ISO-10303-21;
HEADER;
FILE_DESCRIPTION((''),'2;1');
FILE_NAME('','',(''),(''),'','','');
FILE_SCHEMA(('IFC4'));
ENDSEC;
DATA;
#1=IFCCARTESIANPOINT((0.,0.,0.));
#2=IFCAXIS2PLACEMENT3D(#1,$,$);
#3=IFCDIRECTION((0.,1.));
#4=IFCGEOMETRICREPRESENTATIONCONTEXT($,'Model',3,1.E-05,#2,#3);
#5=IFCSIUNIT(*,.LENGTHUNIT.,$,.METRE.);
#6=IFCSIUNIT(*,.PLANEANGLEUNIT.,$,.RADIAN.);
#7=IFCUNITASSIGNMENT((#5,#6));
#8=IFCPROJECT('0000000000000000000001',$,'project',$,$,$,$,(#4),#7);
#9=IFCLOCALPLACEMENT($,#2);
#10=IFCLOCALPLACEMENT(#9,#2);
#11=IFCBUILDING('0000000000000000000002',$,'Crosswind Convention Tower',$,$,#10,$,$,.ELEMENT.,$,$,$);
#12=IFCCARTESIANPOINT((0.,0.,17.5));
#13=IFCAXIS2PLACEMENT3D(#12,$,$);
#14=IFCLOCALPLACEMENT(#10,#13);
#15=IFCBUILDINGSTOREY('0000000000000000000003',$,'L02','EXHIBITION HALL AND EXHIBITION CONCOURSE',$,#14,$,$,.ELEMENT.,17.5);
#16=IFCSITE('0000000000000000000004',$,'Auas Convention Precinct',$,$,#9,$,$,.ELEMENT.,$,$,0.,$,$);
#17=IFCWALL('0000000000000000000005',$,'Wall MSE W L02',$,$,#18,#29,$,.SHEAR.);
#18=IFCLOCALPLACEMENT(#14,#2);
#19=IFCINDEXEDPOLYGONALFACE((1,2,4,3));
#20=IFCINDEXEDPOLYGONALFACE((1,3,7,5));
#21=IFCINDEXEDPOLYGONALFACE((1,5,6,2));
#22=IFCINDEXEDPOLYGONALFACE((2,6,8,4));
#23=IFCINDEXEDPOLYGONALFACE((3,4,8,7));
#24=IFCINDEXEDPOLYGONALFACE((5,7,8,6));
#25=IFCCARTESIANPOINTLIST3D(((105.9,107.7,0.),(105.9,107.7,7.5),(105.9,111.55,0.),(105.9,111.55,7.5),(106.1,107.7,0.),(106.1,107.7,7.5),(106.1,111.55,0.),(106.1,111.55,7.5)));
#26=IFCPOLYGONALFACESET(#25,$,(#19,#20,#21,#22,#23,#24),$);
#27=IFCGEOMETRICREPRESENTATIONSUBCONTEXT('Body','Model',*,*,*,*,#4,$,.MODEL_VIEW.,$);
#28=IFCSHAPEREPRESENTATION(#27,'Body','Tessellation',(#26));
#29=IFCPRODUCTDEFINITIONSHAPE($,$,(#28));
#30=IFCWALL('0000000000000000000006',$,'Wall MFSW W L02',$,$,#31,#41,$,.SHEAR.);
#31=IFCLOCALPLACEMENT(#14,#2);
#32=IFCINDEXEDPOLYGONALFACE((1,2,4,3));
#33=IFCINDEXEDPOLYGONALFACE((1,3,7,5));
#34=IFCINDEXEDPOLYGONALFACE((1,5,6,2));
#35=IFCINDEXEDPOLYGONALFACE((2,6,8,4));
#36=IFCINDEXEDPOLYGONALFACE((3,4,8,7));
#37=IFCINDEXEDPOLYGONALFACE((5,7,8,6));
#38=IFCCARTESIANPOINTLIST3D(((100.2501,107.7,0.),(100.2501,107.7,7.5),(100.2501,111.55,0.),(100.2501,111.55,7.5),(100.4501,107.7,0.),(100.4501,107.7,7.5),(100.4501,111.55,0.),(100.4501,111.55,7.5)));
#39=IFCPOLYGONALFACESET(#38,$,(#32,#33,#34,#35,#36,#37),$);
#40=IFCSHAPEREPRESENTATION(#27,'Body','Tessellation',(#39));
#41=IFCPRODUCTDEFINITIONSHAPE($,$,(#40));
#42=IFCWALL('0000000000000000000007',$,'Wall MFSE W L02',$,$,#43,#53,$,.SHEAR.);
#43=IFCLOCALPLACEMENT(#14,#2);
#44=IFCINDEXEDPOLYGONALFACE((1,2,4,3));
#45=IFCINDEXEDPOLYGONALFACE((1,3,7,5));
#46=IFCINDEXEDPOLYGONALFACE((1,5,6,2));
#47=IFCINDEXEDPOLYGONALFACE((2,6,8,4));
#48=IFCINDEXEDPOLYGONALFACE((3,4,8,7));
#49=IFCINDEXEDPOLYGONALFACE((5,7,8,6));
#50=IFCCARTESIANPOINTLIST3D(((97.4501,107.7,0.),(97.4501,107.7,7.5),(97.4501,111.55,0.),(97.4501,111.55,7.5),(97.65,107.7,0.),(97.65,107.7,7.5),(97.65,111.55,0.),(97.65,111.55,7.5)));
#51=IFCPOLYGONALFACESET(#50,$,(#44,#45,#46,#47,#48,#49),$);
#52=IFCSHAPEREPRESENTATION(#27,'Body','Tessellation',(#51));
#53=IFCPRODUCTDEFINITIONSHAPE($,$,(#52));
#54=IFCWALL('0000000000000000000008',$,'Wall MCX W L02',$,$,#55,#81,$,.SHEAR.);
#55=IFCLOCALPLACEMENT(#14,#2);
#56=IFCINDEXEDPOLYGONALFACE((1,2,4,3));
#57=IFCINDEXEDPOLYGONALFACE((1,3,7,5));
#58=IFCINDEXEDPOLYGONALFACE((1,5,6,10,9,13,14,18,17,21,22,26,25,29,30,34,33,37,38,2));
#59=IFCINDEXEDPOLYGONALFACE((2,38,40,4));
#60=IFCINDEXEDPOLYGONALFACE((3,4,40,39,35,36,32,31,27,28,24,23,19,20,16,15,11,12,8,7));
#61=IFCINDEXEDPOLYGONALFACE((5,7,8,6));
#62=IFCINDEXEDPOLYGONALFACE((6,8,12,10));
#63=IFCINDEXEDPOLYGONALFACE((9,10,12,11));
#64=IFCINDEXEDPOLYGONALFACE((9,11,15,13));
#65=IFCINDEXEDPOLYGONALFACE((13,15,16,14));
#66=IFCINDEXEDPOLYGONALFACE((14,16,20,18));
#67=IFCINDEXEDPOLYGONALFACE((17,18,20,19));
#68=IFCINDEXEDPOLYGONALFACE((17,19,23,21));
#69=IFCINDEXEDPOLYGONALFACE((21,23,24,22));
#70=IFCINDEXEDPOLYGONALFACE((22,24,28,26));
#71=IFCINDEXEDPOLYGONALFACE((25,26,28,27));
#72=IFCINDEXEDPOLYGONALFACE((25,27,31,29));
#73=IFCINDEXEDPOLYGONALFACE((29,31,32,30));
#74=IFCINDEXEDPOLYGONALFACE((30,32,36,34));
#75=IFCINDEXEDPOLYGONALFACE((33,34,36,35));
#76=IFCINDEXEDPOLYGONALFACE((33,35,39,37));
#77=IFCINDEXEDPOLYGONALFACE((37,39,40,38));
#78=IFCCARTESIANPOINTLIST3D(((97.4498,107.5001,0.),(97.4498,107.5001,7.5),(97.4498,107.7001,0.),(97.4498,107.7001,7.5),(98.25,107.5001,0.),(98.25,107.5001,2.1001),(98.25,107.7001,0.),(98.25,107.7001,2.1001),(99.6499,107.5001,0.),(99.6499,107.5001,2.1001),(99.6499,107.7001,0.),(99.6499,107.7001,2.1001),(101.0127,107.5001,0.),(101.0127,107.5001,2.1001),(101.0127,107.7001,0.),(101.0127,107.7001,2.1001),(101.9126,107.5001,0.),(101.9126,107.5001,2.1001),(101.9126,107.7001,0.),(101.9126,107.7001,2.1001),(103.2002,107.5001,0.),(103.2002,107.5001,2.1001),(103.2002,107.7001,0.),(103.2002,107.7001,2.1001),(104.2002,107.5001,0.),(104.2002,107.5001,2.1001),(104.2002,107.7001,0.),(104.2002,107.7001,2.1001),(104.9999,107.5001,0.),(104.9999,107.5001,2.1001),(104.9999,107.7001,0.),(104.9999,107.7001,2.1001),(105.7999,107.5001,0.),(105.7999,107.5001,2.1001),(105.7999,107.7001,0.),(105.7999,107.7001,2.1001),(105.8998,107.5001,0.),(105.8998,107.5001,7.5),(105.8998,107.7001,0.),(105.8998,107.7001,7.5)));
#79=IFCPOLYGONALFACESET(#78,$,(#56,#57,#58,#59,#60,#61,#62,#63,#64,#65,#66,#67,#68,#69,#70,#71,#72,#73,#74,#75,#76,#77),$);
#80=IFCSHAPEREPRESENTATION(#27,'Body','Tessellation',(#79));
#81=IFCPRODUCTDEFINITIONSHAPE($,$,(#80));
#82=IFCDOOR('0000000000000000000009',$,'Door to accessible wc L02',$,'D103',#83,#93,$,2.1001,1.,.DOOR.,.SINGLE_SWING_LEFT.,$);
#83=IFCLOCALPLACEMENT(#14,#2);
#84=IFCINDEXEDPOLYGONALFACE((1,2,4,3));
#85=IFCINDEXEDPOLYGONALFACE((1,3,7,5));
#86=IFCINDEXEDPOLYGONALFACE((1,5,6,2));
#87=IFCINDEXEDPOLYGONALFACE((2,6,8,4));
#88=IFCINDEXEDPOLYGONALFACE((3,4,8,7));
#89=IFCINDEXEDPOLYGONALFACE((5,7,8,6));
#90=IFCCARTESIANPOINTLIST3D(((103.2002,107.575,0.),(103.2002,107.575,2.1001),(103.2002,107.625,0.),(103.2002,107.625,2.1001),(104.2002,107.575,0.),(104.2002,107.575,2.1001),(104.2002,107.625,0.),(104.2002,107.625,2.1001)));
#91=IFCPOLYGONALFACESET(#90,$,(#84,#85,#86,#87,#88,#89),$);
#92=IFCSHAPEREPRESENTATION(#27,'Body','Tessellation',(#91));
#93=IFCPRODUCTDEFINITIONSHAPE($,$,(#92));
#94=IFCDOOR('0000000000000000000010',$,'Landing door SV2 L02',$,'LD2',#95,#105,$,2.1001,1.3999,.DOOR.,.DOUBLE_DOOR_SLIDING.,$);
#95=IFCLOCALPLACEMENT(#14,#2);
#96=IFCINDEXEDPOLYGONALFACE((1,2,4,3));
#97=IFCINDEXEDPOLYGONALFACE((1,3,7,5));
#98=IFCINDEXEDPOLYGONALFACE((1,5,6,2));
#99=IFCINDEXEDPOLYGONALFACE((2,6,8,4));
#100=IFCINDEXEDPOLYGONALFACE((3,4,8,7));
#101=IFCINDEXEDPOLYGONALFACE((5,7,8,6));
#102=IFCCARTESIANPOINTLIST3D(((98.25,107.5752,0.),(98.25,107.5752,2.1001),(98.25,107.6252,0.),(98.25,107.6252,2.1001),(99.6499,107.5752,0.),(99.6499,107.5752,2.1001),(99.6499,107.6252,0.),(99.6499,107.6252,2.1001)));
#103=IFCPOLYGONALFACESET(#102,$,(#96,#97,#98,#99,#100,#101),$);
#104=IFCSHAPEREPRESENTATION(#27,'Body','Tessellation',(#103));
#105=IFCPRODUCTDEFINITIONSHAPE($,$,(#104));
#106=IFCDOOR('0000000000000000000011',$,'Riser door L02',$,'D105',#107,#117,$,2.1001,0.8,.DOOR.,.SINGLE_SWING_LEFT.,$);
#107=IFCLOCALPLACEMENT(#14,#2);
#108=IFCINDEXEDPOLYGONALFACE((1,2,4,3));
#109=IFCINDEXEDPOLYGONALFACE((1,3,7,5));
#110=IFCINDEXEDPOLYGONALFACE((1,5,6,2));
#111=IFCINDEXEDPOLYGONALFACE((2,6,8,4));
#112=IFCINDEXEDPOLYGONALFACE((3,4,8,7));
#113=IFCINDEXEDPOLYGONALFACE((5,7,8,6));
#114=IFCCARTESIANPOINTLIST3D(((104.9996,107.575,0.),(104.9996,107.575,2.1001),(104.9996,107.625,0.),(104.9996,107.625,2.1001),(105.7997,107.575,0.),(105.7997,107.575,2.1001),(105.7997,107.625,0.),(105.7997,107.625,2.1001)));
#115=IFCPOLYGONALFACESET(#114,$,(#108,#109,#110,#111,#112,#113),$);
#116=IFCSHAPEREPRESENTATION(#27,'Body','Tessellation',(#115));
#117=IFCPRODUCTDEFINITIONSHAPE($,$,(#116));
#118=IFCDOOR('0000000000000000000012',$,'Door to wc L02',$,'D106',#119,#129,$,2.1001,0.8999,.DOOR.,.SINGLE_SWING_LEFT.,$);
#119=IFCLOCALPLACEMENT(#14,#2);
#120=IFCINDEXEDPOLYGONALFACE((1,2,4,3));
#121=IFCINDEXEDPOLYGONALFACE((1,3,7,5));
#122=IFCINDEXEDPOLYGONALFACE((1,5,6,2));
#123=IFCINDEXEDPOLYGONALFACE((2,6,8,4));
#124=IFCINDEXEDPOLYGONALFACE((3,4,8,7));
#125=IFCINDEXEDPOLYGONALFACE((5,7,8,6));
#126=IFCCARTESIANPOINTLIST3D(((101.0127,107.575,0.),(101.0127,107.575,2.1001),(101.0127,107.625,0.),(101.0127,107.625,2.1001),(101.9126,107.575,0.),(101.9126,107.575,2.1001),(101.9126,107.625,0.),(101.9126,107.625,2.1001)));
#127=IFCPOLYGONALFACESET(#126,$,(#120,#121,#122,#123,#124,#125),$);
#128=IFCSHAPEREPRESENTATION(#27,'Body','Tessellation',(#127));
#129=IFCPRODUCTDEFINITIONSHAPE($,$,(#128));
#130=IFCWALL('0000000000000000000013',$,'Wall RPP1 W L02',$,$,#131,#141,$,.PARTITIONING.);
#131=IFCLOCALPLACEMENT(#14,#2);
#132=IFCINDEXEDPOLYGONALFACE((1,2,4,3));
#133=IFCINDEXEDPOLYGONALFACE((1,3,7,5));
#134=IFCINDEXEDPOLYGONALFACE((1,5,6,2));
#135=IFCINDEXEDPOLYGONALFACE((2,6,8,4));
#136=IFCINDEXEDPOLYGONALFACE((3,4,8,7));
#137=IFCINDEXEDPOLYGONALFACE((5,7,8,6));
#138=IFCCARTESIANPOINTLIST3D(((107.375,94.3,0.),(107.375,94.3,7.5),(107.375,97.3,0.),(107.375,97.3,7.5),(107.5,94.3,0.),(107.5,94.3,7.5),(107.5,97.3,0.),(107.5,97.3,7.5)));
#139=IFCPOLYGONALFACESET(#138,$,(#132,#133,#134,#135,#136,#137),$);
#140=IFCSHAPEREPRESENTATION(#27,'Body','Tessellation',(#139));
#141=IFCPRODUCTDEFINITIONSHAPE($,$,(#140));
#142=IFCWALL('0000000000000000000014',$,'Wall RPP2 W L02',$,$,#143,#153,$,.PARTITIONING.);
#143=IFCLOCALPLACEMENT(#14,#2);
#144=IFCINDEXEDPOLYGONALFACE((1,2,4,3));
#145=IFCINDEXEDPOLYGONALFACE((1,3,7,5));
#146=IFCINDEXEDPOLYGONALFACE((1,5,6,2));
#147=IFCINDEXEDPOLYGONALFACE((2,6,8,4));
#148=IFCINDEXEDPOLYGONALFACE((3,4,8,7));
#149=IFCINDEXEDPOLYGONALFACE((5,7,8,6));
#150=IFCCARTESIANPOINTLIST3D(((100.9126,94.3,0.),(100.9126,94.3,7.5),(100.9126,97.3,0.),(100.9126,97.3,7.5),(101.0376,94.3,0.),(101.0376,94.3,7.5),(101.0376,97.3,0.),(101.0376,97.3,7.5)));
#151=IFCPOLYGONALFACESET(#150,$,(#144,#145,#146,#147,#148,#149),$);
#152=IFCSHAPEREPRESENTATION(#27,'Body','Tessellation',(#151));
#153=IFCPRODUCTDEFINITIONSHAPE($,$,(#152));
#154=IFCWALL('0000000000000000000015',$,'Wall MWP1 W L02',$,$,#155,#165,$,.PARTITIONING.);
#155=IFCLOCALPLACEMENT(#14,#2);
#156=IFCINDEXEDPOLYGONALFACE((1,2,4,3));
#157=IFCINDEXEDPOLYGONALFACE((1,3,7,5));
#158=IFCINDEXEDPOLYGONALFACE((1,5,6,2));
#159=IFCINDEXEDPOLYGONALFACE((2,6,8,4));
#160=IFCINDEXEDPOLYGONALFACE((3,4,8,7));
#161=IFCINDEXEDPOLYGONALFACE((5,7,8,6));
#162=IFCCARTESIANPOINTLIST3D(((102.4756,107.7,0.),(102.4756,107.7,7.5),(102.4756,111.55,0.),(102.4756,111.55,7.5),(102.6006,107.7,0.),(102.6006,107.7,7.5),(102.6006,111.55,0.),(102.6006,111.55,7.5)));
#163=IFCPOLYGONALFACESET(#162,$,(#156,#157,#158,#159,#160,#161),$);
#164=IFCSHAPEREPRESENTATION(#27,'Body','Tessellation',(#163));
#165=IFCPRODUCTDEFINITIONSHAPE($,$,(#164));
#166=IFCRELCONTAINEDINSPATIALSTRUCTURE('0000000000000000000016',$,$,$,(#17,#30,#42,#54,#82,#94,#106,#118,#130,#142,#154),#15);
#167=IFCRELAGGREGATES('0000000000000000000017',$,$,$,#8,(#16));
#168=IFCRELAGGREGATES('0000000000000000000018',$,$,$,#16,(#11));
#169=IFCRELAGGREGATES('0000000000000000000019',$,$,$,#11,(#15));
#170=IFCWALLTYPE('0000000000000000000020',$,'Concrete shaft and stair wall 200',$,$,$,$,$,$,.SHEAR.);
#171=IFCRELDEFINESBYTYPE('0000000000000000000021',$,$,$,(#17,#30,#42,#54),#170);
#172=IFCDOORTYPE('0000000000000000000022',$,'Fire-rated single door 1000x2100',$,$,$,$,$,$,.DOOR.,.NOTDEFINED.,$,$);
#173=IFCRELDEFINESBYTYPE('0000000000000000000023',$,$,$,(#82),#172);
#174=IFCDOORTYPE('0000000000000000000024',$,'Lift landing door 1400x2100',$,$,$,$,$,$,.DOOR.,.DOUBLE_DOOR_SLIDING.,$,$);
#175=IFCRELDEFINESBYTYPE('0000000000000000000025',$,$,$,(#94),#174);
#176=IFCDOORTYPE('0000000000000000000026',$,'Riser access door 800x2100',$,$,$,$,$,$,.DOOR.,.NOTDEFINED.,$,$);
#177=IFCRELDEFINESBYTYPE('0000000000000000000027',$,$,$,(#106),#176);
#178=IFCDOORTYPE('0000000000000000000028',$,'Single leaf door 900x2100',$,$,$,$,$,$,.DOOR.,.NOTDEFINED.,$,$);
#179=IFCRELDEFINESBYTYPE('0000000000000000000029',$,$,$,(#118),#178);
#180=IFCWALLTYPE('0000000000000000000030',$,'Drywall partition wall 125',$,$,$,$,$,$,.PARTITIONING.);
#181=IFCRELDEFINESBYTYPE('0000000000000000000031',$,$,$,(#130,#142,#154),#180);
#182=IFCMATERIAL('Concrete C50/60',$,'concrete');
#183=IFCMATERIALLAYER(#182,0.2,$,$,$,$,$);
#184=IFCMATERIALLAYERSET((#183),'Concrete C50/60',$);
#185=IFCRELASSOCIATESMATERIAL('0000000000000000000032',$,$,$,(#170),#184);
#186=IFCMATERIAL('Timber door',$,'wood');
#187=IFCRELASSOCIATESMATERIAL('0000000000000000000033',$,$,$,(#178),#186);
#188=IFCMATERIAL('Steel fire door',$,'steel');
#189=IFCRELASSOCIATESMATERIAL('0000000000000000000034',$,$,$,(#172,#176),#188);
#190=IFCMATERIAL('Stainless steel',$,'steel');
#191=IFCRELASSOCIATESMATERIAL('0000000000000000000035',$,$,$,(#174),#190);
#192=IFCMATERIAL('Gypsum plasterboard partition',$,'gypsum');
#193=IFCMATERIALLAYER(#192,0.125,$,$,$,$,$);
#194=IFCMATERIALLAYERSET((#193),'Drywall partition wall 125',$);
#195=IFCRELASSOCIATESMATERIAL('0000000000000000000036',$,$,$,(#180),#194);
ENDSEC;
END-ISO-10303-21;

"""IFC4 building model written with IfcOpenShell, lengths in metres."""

from ifc_helpers import new_model, si_unit, direction, frame, frame_2d, origin, place, context, subcontext, project, spatial, rectangle, extrude, material, layer, layer_set, type_object, element, fill, save


model = new_model("IFC4")

# Units and contexts
model_context = context("Model", 3, precision=1e-05, world=origin(), true_north=direction((0.0, 1.0)))
body_context = subcontext(model_context, "Body", "Model", "MODEL_VIEW")
ifc_project = project(units=[si_unit("LENGTHUNIT", "METRE"), si_unit("PLANEANGLEUNIT", "RADIAN")], contexts=[model_context])

# Site, building, storey
site_placement = place(None, origin())
site = spatial("IfcSite", under=ifc_project, at=site_placement, Name="Auas Convention Precinct", CompositionType="ELEMENT", RefElevation=0.0)
building_placement = place(site_placement, origin())
building = spatial("IfcBuilding", under=site, at=building_placement, Name="Crosswind Convention Tower", CompositionType="ELEMENT")
storey_placement = place(building_placement, frame((0.0, 0.0, 17.5)))
storey = spatial("IfcBuildingStorey", under=building, at=storey_placement, Name="L02", Description="EXHIBITION HALL AND EXHIBITION CONCOURSE", CompositionType="ELEMENT", Elevation=17.5)

# Shared definitions
ifc_material_1 = material(Name="Concrete C50/60", Category="concrete")
ifc_layer_1 = layer(ifc_material_1, 0.2)
ifc_layer_set_1 = layer_set([ifc_layer_1], Name="Concrete C50/60")
wall_type_1 = type_object("IfcWallType", Name="Concrete shaft and stair wall 200", PredefinedType="SHEAR", material=ifc_layer_set_1)

# Shared definitions
ifc_material_2 = material(Name="Timber door", Category="wood")
door_type_1 = type_object("IfcDoorType", Name="Single leaf door 900x2100", OperationType="NOTDEFINED", PredefinedType="DOOR", material=ifc_material_2)

# Walls
for number, where, z_axis, x_axis, name in (
    (1, (106.0, 111.55, 0.0), (0.0, 0.0, 1.0), (0.0, -1.0, 0.0), "Wall MSE W L02"),
    (2, (100.3501, 111.55, 0.0), (0.0, 0.0, 1.0), (0.0, -1.0, 0.0), "Wall MFSW W L02"),
    (3, (97.55, 111.55, 0.0), (0.0, 0.0, 1.0), (0.0, -1.0, 0.0), "Wall MFSE W L02"),
):
    element("IfcWall", number, at=place(storey_placement, frame(where, z_axis=z_axis, x_axis=x_axis)), inside=storey, type_object=wall_type_1, Name=name, PredefinedType="SHEAR", context=body_context, shape_type="SweptSolid", body=[
        extrude(rectangle(XDim=3.8501, YDim=0.2, at=frame_2d((1.925, 0.0))), origin(), (0.0, 0.0, 1.0), 7.5),
    ])

# Wall, openings, doors
wall_1_placement = place(storey_placement, frame((105.8999, 107.6001, 0.0), z_axis=(0.0, 0.0, 1.0), x_axis=(-1.0, 0.0, 0.0)))
wall_1 = element("IfcWall", 4, at=wall_1_placement, inside=storey, type_object=wall_type_1, Name="Wall MCX W L02", PredefinedType="SHEAR", context=body_context, shape_type="SweptSolid", body=[
    extrude(rectangle(XDim=8.45, YDim=0.2, at=frame_2d((4.2251, 0.0))), origin(), (0.0, 0.0, 1.0), 7.5),
])
opening_1_placement = place(wall_1_placement, frame((0.1001, 0.0, 0.0)))
opening_1 = element("IfcOpeningElement", 5, at=opening_1_placement, cuts=wall_1, PredefinedType="OPENING", context=body_context, shape_type="SweptSolid", body=[
    extrude(rectangle(XDim=0.8, YDim=2.1001, at=frame_2d((0.3999, 1.05))), frame((0.0, 0.1099, 0.0), z_axis=(0.0, -1.0, 0.0), x_axis=(1.0, 0.0, 0.0)), (0.0, 0.0, 1.0), 0.22),
])
opening_2_placement = place(wall_1_placement, frame((1.6997, 0.0, 0.0)))
opening_2 = element("IfcOpeningElement", 6, at=opening_2_placement, cuts=wall_1, PredefinedType="OPENING", context=body_context, shape_type="SweptSolid", body=[
    extrude(rectangle(XDim=1.0, YDim=2.1001, at=frame_2d((0.5, 1.05))), frame((0.0, 0.1099, 0.0), z_axis=(0.0, -1.0, 0.0), x_axis=(1.0, 0.0, 0.0)), (0.0, 0.0, 1.0), 0.22),
])
opening_3_placement = place(wall_1_placement, frame((3.9873, 0.0, 0.0)))
opening_3 = element("IfcOpeningElement", 7, at=opening_3_placement, cuts=wall_1, PredefinedType="OPENING", context=body_context, shape_type="SweptSolid", body=[
    extrude(rectangle(XDim=0.8999, YDim=2.1001, at=frame_2d((0.45, 1.05))), frame((0.0, 0.1099, 0.0), z_axis=(0.0, -1.0, 0.0), x_axis=(1.0, 0.0, 0.0)), (0.0, 0.0, 1.0), 0.22),
])
opening_4_placement = place(wall_1_placement, frame((6.25, 0.0, 0.0)))
opening_4 = element("IfcOpeningElement", 8, at=opening_4_placement, cuts=wall_1, PredefinedType="OPENING", context=body_context, shape_type="SweptSolid", body=[
    extrude(rectangle(XDim=1.3999, YDim=2.1001, at=frame_2d((0.7, 1.05))), frame((0.0, 0.1099, 0.0), z_axis=(0.0, -1.0, 0.0), x_axis=(1.0, 0.0, 0.0)), (0.0, 0.0, 1.0), 0.22),
])
ifc_material_3 = material(Name="Steel fire door", Category="steel")
door_type_2 = type_object("IfcDoorType", Name="Fire-rated single door 1000x2100", OperationType="NOTDEFINED", PredefinedType="DOOR", material=ifc_material_3)
door_1_placement = place(opening_2_placement, frame((1.0, 0.0, 0.0), z_axis=(0.0, 0.0, 1.0), x_axis=(-1.0, 0.0, 0.0)))
door_1 = element("IfcDoor", 9, at=door_1_placement, inside=storey, type_object=door_type_2, Name="Door to accessible wc L02", ObjectType="D103", OperationType="SINGLE_SWING_LEFT", OverallHeight=2.1001, OverallWidth=1.0, PredefinedType="DOOR", context=body_context, shape_type="SweptSolid", body=[
    extrude(rectangle(XDim=1.0, YDim=2.1001, at=frame_2d((0.5, 1.05))), frame((0.0, 0.0249, 0.0), z_axis=(0.0, -1.0, 0.0), x_axis=(1.0, 0.0, 0.0)), (0.0, 0.0, 1.0), 0.05),
])
fill(opening_2, door_1)
ifc_material_4 = material(Name="Stainless steel", Category="steel")
door_type_3 = type_object("IfcDoorType", Name="Lift landing door 1400x2100", OperationType="DOUBLE_DOOR_SLIDING", PredefinedType="DOOR", material=ifc_material_4)
door_2_placement = place(opening_4_placement, origin())
door_2 = element("IfcDoor", 10, at=door_2_placement, inside=storey, type_object=door_type_3, Name="Landing door SV2 L02", ObjectType="LD2", OperationType="DOUBLE_DOOR_SLIDING", OverallHeight=2.1001, OverallWidth=1.3999, PredefinedType="DOOR", context=body_context, shape_type="SweptSolid", body=[
    extrude(rectangle(XDim=1.3999, YDim=2.1001, at=frame_2d((0.7, 1.05))), frame((0.0, 0.0249, 0.0), z_axis=(0.0, -1.0, 0.0), x_axis=(1.0, 0.0, 0.0)), (0.0, 0.0, 1.0), 0.05),
])
fill(opening_4, door_2)
door_type_4 = type_object("IfcDoorType", Name="Riser access door 800x2100", OperationType="NOTDEFINED", PredefinedType="DOOR", material=ifc_material_3)
door_3_placement = place(opening_1_placement, frame((0.8, 0.0, 0.0), z_axis=(0.0, 0.0, 1.0), x_axis=(-1.0, 0.0, 0.0)))
door_3 = element("IfcDoor", 11, at=door_3_placement, inside=storey, type_object=door_type_4, Name="Riser door L02", ObjectType="D105", OperationType="SINGLE_SWING_LEFT", OverallHeight=2.1001, OverallWidth=0.8, PredefinedType="DOOR", context=body_context, shape_type="SweptSolid", body=[
    extrude(rectangle(XDim=0.8, YDim=2.1001, at=frame_2d((0.3999, 1.05))), frame((0.0, 0.0249, 0.0), z_axis=(0.0, -1.0, 0.0), x_axis=(1.0, 0.0, 0.0)), (0.0, 0.0, 1.0), 0.05),
])
fill(opening_1, door_3)
door_4_placement = place(opening_3_placement, frame((0.8999, 0.0, 0.0), z_axis=(0.0, 0.0, 1.0), x_axis=(-1.0, 0.0, 0.0)))
door_4 = element("IfcDoor", 12, at=door_4_placement, inside=storey, type_object=door_type_1, Name="Door to wc L02", ObjectType="D106", OperationType="SINGLE_SWING_LEFT", OverallHeight=2.1001, OverallWidth=0.8999, PredefinedType="DOOR", context=body_context, shape_type="SweptSolid", body=[
    extrude(rectangle(XDim=0.8999, YDim=2.1001, at=frame_2d((0.45, 1.05))), frame((0.0, 0.0249, 0.0), z_axis=(0.0, -1.0, 0.0), x_axis=(1.0, 0.0, 0.0)), (0.0, 0.0, 1.0), 0.05),
])
fill(opening_3, door_4)

# Walls
ifc_material_5 = material(Name="Gypsum plasterboard partition", Category="gypsum")
ifc_layer_2 = layer(ifc_material_5, 0.125)
ifc_layer_set_2 = layer_set([ifc_layer_2], Name="Drywall partition wall 125")
wall_type_2 = type_object("IfcWallType", Name="Drywall partition wall 125", PredefinedType="PARTITIONING", material=ifc_layer_set_2)
for number, where, z_axis, x_axis, name in (
    (13, (107.4375, 97.3, 0.0), (0.0, 0.0, 1.0), (0.0, -1.0, 0.0), "Wall RPP1 W L02"),
    (14, (100.9751, 97.3, 0.0), (0.0, 0.0, 1.0), (0.0, -1.0, 0.0), "Wall RPP2 W L02"),
):
    element("IfcWall", number, at=place(storey_placement, frame(where, z_axis=z_axis, x_axis=x_axis)), inside=storey, type_object=wall_type_2, Name=name, PredefinedType="PARTITIONING", context=body_context, shape_type="SweptSolid", body=[
        extrude(rectangle(XDim=3.0, YDim=0.125, at=frame_2d((1.5, 0.0))), origin(), (0.0, 0.0, 1.0), 7.5),
    ])
wall_2_placement = place(storey_placement, frame((102.5381, 111.55, 0.0), z_axis=(0.0, 0.0, 1.0), x_axis=(0.0, -1.0, 0.0)))
element("IfcWall", 15, at=wall_2_placement, inside=storey, type_object=wall_type_2, Name="Wall MWP1 W L02", PredefinedType="PARTITIONING", context=body_context, shape_type="SweptSolid", body=[
    extrude(rectangle(XDim=3.8501, YDim=0.125, at=frame_2d((1.925, 0.0))), origin(), (0.0, 0.0, 1.0), 7.5),
])

save(model, "model.ifc")
